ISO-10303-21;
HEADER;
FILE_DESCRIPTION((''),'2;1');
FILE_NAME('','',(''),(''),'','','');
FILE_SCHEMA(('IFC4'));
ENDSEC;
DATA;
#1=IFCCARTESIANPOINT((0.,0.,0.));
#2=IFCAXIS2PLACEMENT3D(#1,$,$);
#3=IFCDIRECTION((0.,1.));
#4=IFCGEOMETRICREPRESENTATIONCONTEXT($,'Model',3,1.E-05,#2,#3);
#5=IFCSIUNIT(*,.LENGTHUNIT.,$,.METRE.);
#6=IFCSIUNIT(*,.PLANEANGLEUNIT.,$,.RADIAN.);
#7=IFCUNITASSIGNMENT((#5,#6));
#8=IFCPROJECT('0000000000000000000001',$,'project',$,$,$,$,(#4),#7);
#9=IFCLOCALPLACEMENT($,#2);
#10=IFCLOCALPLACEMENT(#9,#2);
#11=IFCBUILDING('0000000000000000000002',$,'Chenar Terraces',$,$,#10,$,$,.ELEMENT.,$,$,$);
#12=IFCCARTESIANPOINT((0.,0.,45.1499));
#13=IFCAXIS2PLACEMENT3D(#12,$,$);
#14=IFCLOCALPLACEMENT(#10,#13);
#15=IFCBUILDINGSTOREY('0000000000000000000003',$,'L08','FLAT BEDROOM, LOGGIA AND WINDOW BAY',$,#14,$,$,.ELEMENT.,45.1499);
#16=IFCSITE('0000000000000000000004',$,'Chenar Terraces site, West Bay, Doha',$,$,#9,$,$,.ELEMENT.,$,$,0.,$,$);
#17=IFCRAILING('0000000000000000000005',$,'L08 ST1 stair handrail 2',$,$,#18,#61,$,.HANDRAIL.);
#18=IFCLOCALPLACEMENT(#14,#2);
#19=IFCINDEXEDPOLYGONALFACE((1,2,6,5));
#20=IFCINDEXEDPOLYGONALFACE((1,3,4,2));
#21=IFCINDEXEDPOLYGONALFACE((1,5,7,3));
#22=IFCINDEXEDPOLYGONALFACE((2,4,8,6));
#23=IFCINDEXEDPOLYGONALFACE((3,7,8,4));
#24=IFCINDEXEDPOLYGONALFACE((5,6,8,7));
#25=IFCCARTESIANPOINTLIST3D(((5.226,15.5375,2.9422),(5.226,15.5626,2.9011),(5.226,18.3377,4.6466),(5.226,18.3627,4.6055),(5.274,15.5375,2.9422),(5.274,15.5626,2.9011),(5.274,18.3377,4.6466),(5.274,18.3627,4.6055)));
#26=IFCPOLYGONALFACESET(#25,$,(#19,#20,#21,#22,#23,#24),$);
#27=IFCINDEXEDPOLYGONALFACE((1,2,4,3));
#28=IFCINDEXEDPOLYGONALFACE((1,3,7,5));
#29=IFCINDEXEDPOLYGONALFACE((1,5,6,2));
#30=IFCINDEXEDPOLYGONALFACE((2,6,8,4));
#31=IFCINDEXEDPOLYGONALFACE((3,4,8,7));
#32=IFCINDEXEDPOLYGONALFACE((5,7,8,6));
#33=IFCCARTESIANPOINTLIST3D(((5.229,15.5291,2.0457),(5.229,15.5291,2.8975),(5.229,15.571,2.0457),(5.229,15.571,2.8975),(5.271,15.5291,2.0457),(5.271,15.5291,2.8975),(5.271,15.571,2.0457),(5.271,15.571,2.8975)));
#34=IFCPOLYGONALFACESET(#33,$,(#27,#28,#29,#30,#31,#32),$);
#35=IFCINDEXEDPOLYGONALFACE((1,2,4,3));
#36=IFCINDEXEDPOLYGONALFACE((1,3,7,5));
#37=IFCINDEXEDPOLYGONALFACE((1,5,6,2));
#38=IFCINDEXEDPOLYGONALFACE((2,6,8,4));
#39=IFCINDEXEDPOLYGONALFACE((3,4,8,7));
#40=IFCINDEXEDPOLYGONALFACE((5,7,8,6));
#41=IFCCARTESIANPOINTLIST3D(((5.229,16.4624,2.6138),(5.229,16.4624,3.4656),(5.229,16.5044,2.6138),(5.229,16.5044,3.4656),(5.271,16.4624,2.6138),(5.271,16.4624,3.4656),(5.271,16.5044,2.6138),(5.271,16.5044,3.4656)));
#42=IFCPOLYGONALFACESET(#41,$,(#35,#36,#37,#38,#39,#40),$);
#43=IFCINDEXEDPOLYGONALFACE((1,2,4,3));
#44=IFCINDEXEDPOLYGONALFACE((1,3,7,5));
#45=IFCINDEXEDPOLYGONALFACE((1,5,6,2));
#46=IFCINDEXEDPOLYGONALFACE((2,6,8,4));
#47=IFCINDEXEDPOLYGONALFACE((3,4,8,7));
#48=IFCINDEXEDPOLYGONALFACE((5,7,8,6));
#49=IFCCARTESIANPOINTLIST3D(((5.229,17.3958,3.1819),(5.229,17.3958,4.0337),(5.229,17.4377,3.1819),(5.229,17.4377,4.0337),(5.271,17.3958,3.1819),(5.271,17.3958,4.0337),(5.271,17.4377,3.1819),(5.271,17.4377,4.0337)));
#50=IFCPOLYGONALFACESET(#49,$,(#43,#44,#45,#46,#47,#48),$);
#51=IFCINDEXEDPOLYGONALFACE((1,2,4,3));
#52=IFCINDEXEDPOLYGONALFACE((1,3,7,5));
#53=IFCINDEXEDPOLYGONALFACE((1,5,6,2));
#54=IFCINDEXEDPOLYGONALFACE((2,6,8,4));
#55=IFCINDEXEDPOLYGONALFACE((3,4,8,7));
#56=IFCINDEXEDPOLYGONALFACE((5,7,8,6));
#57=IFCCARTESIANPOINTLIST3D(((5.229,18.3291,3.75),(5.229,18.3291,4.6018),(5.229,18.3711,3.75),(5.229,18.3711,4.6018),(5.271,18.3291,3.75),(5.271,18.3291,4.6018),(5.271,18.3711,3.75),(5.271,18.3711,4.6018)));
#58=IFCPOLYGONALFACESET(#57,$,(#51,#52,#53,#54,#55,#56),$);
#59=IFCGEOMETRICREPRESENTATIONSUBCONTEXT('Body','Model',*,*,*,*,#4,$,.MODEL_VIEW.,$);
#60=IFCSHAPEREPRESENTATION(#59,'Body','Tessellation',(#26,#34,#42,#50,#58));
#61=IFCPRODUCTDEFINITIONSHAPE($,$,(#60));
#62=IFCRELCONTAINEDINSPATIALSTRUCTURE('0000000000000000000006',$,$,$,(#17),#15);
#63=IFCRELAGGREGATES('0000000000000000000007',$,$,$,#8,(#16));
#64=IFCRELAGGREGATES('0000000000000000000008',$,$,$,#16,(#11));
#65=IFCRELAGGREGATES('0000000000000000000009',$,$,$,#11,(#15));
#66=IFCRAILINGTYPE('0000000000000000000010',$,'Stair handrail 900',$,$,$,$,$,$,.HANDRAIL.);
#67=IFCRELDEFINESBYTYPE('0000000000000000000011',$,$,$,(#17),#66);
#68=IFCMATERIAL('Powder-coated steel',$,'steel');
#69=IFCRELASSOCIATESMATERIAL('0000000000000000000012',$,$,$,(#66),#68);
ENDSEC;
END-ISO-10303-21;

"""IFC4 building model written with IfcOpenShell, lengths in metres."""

from ifc_helpers import new_model, si_unit, direction, frame, origin, origin_2d, place, context, subcontext, project, spatial, rectangle, extrude, material, type_object, element, save


model = new_model("IFC4")

# Units and contexts
model_context = context("Model", 3, precision=1e-05, world=origin(), true_north=direction((0.0, 1.0)))
body_context = subcontext(model_context, "Body", "Model", "MODEL_VIEW")
ifc_project = project(units=[si_unit("LENGTHUNIT", "METRE"), si_unit("PLANEANGLEUNIT", "RADIAN")], contexts=[model_context])

# Site, building, storey
site_placement = place(None, origin())
site = spatial("IfcSite", under=ifc_project, at=site_placement, Name="Chenar Terraces site, West Bay, Doha", CompositionType="ELEMENT", RefElevation=0.0)
building_placement = place(site_placement, origin())
building = spatial("IfcBuilding", under=site, at=building_placement, Name="Chenar Terraces", CompositionType="ELEMENT")
storey_placement = place(building_placement, frame((0.0, 0.0, 45.1499)))
storey = spatial("IfcBuildingStorey", under=building, at=storey_placement, Name="L08", Description="FLAT BEDROOM, LOGGIA AND WINDOW BAY", CompositionType="ELEMENT", Elevation=45.1499)

# Railing
ifc_material_1 = material(Name="Powder-coated steel", Category="steel")
railing_type_1 = type_object("IfcRailingType", Name="Stair handrail 900", PredefinedType="HANDRAIL", material=ifc_material_1)
railing_1_placement = place(storey_placement, frame((5.25, 15.55, 2.0457)))
element("IfcRailing", 1, at=railing_1_placement, inside=storey, type_object=railing_type_1, Name="L08 ST1 stair handrail 2", PredefinedType="HANDRAIL", context=body_context, shape_type="SweptSolid", body=[
    extrude(rectangle(XDim=0.0481, YDim=0.0481, at=origin_2d()), frame((0.0, 0.0, 0.876), z_axis=(0.0, 0.854203, 0.51994), x_axis=(-1.0, 0.0, 0.0)), (0.0, 0.0, 1.0), 3.2781),
    extrude(rectangle(XDim=0.042, YDim=0.042, at=origin_2d()), origin(), (0.0, 0.0, 1.0), 0.8518),
    extrude(rectangle(XDim=0.042, YDim=0.042, at=origin_2d()), frame((0.0, 0.9333, 0.5681)), (0.0, 0.0, 1.0), 0.8518),
    extrude(rectangle(XDim=0.042, YDim=0.042, at=origin_2d()), frame((0.0, 1.8667, 1.1362)), (0.0, 0.0, 1.0), 0.8518),
    extrude(rectangle(XDim=0.042, YDim=0.042, at=origin_2d()), frame((0.0, 2.8, 1.7043)), (0.0, 0.0, 1.0), 0.8518),
])

save(model, "model.ifc")
